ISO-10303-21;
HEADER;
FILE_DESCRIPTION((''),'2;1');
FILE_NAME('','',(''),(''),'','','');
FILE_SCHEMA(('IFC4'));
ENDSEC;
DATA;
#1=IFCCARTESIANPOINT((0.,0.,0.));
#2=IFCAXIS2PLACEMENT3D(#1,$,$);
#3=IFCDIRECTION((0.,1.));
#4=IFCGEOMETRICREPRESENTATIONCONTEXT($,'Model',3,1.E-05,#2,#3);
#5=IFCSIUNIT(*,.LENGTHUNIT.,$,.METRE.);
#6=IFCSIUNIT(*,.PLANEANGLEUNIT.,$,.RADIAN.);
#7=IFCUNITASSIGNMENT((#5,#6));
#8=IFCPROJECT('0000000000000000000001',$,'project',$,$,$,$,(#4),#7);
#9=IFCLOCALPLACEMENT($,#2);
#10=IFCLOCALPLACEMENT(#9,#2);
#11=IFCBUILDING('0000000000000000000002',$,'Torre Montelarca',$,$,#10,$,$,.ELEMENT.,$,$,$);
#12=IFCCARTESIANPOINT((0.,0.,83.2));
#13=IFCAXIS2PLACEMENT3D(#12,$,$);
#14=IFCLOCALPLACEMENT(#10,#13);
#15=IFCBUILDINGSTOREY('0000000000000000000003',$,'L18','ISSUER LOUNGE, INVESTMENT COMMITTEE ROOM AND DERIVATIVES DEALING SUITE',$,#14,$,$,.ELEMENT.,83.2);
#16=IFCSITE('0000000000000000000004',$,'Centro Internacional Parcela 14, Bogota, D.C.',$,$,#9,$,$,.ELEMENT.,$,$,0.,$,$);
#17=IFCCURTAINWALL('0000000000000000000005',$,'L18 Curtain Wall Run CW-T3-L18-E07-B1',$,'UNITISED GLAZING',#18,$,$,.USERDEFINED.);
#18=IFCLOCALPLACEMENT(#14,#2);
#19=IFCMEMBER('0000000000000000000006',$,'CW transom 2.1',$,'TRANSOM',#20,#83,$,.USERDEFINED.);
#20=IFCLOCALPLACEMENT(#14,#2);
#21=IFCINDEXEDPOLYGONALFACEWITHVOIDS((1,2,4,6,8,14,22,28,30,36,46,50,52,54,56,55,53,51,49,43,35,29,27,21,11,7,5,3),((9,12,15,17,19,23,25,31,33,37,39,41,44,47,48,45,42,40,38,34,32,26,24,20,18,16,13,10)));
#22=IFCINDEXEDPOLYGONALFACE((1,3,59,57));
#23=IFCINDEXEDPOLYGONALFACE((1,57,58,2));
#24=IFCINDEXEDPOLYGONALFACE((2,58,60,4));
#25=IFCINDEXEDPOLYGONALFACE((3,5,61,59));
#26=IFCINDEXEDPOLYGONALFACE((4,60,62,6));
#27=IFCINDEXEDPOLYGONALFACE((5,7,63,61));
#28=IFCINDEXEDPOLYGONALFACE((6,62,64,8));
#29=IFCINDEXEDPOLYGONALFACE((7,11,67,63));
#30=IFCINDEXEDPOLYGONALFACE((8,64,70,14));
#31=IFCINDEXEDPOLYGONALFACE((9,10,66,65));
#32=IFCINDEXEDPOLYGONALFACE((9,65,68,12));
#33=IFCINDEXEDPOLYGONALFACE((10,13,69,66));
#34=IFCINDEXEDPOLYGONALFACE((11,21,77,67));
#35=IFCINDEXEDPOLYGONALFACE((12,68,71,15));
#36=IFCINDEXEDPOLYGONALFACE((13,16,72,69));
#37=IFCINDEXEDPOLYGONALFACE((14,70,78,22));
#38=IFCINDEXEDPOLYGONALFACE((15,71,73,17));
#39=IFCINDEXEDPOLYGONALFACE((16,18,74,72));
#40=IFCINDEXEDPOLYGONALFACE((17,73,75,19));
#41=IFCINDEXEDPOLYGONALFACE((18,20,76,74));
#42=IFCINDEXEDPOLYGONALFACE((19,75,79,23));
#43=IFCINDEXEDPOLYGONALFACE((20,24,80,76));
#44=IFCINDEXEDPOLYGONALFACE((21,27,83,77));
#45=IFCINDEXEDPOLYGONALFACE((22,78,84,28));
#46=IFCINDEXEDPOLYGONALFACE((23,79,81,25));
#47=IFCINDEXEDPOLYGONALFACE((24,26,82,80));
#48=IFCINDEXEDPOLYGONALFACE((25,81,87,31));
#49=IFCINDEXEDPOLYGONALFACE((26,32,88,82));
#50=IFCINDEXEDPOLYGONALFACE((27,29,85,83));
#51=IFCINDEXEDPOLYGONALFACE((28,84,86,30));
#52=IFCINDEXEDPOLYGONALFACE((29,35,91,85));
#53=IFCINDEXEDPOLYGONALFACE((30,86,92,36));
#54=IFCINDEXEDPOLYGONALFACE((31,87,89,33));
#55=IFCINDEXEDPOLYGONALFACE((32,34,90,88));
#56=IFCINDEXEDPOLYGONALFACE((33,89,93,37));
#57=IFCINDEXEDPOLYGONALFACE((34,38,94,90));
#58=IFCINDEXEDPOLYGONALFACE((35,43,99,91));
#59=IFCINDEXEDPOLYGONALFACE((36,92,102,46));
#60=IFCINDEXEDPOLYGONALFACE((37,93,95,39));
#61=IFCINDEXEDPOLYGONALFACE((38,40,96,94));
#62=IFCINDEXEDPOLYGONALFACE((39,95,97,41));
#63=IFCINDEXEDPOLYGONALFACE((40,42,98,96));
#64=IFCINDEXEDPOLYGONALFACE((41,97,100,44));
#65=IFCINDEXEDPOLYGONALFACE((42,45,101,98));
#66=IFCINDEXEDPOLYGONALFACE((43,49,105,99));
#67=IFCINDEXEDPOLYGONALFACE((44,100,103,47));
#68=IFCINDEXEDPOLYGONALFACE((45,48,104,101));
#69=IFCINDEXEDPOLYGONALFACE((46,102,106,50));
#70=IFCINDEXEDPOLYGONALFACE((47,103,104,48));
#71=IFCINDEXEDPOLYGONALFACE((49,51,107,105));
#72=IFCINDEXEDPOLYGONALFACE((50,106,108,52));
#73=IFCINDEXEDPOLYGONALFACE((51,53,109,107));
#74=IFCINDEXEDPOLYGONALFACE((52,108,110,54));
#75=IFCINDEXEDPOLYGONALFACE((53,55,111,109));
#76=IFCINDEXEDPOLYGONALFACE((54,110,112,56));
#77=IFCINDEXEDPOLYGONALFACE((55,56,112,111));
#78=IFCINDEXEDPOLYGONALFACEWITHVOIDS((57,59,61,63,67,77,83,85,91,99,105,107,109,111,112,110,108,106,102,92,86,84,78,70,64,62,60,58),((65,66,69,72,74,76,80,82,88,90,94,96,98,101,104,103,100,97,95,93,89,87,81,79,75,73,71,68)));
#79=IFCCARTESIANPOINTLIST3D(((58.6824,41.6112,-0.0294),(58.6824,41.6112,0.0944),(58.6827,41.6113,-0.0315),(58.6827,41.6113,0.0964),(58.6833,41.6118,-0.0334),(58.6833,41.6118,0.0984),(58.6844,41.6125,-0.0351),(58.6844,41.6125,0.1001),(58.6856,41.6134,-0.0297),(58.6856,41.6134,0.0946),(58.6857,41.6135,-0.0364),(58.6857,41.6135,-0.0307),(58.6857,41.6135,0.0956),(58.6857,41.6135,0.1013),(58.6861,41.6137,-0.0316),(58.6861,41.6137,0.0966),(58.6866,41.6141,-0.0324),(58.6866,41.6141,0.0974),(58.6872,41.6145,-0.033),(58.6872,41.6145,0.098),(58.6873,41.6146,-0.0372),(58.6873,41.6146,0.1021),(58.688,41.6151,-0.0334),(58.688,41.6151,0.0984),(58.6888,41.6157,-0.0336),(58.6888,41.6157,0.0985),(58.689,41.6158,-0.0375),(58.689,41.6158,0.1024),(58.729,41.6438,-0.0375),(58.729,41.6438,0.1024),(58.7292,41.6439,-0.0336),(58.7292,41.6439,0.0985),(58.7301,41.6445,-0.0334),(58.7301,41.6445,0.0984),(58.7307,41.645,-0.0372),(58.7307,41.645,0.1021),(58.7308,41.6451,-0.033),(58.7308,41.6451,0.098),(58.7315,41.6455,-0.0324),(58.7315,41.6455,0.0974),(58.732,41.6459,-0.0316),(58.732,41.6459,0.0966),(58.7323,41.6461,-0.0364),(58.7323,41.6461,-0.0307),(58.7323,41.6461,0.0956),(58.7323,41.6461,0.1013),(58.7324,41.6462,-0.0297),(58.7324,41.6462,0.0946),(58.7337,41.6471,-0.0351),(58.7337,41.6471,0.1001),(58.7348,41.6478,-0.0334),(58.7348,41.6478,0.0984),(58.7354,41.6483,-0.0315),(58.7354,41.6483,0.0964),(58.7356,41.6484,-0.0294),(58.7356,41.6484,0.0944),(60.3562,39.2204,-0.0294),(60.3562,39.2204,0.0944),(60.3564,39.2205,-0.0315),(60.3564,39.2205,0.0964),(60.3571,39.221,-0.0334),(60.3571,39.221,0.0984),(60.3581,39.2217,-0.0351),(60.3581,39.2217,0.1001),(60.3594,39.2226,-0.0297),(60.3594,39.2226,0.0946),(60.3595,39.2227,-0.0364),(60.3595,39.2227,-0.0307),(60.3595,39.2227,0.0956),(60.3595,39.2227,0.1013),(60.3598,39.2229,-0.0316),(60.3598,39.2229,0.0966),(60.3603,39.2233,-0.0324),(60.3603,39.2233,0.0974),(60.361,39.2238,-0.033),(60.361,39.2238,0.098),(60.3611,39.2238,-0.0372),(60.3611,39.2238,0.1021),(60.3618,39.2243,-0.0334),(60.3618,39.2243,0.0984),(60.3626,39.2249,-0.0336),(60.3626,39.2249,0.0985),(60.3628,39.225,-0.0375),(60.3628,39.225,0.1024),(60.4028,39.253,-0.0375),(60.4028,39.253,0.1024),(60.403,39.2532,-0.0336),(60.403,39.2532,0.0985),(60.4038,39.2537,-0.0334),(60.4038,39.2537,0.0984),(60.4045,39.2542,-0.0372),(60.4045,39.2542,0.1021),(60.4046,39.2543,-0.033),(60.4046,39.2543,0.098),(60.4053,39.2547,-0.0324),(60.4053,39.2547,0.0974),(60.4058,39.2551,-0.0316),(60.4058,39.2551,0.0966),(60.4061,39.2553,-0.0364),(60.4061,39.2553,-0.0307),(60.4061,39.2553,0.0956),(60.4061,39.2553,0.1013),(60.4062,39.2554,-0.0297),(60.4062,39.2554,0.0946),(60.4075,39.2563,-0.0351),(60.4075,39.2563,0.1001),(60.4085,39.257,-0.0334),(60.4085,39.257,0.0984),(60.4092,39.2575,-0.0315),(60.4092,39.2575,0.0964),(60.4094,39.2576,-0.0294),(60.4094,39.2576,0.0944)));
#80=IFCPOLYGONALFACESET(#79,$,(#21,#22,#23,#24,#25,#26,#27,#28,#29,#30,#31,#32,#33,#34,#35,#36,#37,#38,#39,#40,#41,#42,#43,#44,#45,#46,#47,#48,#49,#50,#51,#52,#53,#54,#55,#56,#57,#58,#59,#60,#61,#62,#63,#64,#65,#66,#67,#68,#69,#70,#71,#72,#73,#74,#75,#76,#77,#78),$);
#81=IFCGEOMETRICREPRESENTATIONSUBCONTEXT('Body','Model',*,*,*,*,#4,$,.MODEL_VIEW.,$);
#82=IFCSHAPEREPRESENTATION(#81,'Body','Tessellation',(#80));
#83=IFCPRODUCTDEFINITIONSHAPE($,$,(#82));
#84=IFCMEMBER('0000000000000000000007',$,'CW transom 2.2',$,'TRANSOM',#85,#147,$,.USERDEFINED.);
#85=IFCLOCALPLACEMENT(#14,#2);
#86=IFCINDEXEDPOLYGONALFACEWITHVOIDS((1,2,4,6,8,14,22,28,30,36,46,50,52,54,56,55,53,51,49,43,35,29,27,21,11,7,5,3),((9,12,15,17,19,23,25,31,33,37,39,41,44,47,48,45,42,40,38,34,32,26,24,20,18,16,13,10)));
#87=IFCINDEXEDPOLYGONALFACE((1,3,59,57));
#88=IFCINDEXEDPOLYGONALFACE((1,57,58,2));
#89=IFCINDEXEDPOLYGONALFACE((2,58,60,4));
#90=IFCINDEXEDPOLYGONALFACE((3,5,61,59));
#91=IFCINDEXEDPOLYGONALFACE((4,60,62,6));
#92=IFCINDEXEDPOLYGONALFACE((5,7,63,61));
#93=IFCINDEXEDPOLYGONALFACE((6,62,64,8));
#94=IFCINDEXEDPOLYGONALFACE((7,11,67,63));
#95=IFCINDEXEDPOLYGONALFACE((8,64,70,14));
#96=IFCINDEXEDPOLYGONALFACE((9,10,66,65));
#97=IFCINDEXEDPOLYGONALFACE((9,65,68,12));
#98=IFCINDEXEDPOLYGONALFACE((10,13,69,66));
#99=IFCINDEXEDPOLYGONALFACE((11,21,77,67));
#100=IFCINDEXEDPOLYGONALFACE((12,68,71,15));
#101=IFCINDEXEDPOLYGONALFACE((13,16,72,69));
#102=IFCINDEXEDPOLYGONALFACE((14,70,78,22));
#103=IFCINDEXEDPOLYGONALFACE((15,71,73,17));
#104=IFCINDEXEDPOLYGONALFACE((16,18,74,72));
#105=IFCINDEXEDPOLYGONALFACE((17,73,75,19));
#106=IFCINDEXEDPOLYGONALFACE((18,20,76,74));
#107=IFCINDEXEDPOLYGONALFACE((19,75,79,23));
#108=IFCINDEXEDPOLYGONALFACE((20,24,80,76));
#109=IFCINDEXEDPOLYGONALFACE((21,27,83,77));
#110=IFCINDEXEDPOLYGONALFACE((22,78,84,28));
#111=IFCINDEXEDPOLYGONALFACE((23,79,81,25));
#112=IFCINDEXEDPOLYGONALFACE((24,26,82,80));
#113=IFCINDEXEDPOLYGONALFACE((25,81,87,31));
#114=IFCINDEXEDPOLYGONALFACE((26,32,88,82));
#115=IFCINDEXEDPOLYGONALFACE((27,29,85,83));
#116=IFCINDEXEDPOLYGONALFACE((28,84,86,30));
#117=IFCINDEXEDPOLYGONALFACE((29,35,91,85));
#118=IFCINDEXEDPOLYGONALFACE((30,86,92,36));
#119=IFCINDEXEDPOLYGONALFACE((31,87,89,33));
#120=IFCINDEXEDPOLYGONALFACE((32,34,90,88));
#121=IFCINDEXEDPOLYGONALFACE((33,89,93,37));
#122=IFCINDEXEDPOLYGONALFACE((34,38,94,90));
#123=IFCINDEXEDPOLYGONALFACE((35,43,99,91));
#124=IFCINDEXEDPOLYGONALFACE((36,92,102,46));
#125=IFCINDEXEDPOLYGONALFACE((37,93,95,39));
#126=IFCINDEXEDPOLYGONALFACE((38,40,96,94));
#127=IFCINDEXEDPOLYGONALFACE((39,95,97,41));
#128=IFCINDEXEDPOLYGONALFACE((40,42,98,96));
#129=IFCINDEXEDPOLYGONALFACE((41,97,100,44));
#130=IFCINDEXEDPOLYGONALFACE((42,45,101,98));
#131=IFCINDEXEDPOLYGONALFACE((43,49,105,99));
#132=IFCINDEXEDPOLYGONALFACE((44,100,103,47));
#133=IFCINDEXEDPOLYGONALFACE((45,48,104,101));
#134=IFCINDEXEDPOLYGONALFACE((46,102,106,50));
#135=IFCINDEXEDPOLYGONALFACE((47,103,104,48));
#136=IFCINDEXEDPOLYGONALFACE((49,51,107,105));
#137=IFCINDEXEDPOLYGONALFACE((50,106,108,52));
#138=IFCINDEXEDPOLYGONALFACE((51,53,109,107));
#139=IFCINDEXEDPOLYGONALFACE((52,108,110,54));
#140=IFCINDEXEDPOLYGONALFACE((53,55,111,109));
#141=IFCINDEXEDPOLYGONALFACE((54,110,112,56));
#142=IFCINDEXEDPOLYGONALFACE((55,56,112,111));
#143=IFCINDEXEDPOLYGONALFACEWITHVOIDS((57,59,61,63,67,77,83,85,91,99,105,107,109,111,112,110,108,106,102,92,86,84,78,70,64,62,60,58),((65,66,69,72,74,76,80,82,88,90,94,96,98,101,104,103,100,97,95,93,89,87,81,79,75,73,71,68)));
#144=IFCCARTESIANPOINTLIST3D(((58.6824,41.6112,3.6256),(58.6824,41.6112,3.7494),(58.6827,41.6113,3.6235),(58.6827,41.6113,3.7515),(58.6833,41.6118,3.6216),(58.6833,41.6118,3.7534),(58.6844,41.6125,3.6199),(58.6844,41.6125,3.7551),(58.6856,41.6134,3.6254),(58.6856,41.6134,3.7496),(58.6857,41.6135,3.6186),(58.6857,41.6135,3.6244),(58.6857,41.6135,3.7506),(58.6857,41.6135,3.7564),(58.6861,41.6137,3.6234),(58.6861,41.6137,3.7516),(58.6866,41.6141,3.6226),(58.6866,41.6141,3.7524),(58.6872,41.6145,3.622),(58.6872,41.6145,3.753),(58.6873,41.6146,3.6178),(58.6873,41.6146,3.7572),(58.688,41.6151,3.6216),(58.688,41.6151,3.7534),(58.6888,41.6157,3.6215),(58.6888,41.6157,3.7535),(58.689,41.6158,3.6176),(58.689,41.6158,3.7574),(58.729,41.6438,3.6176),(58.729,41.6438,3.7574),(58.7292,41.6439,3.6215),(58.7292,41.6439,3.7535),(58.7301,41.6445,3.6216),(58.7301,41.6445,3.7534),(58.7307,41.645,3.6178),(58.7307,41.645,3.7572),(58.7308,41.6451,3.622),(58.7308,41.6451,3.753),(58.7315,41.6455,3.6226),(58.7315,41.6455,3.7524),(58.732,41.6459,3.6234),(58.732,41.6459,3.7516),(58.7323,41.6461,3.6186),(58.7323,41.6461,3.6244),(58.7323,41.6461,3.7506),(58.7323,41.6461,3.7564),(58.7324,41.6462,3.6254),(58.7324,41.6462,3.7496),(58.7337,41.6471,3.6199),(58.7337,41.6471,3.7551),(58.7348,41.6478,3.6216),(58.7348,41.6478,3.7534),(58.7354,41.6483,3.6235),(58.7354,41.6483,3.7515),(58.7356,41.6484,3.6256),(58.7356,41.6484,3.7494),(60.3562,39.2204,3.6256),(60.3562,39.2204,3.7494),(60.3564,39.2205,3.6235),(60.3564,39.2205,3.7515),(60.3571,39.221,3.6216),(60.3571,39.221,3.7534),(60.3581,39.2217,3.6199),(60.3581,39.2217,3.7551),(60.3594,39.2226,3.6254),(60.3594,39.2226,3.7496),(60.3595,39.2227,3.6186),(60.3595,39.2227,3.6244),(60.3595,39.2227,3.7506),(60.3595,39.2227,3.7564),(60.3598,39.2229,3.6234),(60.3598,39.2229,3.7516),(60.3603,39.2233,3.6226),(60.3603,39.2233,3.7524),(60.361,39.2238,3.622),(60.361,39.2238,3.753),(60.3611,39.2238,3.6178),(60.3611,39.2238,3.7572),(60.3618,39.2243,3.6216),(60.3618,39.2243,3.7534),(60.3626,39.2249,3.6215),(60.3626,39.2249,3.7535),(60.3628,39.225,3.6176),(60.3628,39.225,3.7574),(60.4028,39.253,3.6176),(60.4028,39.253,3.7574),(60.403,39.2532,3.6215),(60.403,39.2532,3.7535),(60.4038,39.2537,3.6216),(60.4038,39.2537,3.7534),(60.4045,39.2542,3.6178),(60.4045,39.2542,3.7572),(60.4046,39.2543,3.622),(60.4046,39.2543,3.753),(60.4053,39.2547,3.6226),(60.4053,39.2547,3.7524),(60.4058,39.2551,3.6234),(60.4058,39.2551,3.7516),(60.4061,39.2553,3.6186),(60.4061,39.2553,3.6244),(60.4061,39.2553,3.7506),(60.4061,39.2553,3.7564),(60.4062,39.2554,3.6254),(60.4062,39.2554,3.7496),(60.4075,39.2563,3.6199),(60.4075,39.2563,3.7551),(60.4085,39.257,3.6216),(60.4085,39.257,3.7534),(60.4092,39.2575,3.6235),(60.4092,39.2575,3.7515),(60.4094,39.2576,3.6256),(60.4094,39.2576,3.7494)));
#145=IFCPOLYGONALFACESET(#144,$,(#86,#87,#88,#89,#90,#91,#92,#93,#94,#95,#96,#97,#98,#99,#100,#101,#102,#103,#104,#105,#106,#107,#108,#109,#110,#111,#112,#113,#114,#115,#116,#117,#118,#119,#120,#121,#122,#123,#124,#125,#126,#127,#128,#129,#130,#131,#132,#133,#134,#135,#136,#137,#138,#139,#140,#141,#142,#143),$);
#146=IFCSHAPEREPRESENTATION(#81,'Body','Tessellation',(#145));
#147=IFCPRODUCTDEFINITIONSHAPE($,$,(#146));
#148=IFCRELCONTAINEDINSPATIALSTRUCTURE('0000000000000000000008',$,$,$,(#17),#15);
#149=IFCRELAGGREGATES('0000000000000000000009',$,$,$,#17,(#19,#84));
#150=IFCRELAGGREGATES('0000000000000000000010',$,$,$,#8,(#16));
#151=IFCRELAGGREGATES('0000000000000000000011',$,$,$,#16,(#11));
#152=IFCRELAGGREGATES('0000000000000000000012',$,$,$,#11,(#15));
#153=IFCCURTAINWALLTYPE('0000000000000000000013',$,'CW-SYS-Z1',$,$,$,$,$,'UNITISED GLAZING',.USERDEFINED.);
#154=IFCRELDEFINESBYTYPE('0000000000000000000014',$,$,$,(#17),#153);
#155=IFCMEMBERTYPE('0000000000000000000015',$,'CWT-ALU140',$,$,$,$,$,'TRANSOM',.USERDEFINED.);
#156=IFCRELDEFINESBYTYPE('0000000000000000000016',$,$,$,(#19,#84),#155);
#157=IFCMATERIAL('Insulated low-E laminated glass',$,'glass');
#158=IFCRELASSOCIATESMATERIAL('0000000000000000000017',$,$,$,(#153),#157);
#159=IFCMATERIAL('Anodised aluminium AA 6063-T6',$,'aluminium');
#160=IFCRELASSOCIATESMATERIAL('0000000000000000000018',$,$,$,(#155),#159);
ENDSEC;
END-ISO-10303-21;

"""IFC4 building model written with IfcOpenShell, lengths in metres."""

from ifc_helpers import new_model, si_unit, direction, frame, origin, origin_2d, place, context, subcontext, project, spatial, hollow_rectangle, extrude, source, transform, mapped, material, material_profile, profile_set, type_object, element, aggregate, save


model = new_model("IFC4")

# Units and contexts
model_context = context("Model", 3, precision=1e-05, world=origin(), true_north=direction((0.0, 1.0)))
body_context = subcontext(model_context, "Body", "Model", "MODEL_VIEW")
ifc_project = project(units=[si_unit("LENGTHUNIT", "METRE"), si_unit("PLANEANGLEUNIT", "RADIAN")], contexts=[model_context])

# Site, building, storey
site_placement = place(None, origin())
site = spatial("IfcSite", under=ifc_project, at=site_placement, Name="Centro Internacional Parcela 14, Bogota, D.C.", CompositionType="ELEMENT", RefElevation=0.0)
building_placement = place(site_placement, origin())
building = spatial("IfcBuilding", under=site, at=building_placement, Name="Torre Montelarca", CompositionType="ELEMENT")
storey_placement = place(building_placement, frame((0.0, 0.0, 83.2)))
storey = spatial("IfcBuildingStorey", under=building, at=storey_placement, Name="L18", Description="ISSUER LOUNGE, INVESTMENT COMMITTEE ROOM AND DERIVATIVES DEALING SUITE", CompositionType="ELEMENT", Elevation=83.2)

# Curtain wall, members
ifc_material_1 = material(Name="Insulated low-E laminated glass", Category="glass")
curtain_wall_type = type_object("IfcCurtainWallType", Name="CW-SYS-Z1", ElementType="UNITISED GLAZING", PredefinedType="USERDEFINED", material=ifc_material_1)
curtain_wall_1_placement = place(storey_placement, origin())
curtain_wall_1 = element("IfcCurtainWall", 1, at=curtain_wall_1_placement, inside=storey, type_object=curtain_wall_type, Name="L18 Curtain Wall Run CW-T3-L18-E07-B1", ObjectType="UNITISED GLAZING", PredefinedType="USERDEFINED")
ifc_material_2 = material(Name="Anodised aluminium AA 6063-T6", Category="aluminium")
ifc_material_profile_1 = material_profile(ifc_material_2, hollow_rectangle(XDim=0.0649, YDim=0.1399, WallThickness=0.0039, InnerFilletRadius=0.0039, OuterFilletRadius=0.0081, at=origin_2d()), Name="ALU65X140X4", Category="aluminium")
ifc_profile_set_1 = profile_set([ifc_material_profile_1], Name="Anodised aluminium AA 6063-T6")
member_type_1 = type_object("IfcMemberType", Name="CWT-ALU140", ElementType="TRANSOM", PredefinedType="USERDEFINED", material=ifc_profile_set_1)
shared_shape_1 = source(origin(), body_context, "Body", "SweptSolid", [
    extrude(hollow_rectangle(XDim=0.0649, YDim=0.1399, WallThickness=0.0039, InnerFilletRadius=0.0039, OuterFilletRadius=0.0081, at=origin_2d()), origin(), (0.0, 0.0, 1.0), 2.9185),
])
member_1_placement = place(storey_placement, frame((60.3828, 39.239, 0.0325), z_axis=(-0.573513, 0.819197, 0.0), x_axis=(-0.819197, -0.573513, 0.0)))
member_1 = element("IfcMember", 2, at=member_1_placement, type_object=member_type_1, Name="CW transom 2.1", ObjectType="TRANSOM", PredefinedType="USERDEFINED", context=body_context, shape_type="MappedRepresentation", body=[
    mapped(shared_shape_1, transform((0.0, 0.0, 0.0), scale=1.0)),
])
member_2_placement = place(storey_placement, frame((60.3828, 39.239, 3.6875), z_axis=(-0.573513, 0.819197, 0.0), x_axis=(-0.819197, -0.573513, 0.0)))
member_2 = element("IfcMember", 3, at=member_2_placement, type_object=member_type_1, Name="CW transom 2.2", ObjectType="TRANSOM", PredefinedType="USERDEFINED", context=body_context, shape_type="MappedRepresentation", body=[
    mapped(shared_shape_1, transform((0.0, 0.0, 0.0), scale=1.0)),
])

aggregate(curtain_wall_1, [member_1, member_2])

save(model, "model.ifc")
